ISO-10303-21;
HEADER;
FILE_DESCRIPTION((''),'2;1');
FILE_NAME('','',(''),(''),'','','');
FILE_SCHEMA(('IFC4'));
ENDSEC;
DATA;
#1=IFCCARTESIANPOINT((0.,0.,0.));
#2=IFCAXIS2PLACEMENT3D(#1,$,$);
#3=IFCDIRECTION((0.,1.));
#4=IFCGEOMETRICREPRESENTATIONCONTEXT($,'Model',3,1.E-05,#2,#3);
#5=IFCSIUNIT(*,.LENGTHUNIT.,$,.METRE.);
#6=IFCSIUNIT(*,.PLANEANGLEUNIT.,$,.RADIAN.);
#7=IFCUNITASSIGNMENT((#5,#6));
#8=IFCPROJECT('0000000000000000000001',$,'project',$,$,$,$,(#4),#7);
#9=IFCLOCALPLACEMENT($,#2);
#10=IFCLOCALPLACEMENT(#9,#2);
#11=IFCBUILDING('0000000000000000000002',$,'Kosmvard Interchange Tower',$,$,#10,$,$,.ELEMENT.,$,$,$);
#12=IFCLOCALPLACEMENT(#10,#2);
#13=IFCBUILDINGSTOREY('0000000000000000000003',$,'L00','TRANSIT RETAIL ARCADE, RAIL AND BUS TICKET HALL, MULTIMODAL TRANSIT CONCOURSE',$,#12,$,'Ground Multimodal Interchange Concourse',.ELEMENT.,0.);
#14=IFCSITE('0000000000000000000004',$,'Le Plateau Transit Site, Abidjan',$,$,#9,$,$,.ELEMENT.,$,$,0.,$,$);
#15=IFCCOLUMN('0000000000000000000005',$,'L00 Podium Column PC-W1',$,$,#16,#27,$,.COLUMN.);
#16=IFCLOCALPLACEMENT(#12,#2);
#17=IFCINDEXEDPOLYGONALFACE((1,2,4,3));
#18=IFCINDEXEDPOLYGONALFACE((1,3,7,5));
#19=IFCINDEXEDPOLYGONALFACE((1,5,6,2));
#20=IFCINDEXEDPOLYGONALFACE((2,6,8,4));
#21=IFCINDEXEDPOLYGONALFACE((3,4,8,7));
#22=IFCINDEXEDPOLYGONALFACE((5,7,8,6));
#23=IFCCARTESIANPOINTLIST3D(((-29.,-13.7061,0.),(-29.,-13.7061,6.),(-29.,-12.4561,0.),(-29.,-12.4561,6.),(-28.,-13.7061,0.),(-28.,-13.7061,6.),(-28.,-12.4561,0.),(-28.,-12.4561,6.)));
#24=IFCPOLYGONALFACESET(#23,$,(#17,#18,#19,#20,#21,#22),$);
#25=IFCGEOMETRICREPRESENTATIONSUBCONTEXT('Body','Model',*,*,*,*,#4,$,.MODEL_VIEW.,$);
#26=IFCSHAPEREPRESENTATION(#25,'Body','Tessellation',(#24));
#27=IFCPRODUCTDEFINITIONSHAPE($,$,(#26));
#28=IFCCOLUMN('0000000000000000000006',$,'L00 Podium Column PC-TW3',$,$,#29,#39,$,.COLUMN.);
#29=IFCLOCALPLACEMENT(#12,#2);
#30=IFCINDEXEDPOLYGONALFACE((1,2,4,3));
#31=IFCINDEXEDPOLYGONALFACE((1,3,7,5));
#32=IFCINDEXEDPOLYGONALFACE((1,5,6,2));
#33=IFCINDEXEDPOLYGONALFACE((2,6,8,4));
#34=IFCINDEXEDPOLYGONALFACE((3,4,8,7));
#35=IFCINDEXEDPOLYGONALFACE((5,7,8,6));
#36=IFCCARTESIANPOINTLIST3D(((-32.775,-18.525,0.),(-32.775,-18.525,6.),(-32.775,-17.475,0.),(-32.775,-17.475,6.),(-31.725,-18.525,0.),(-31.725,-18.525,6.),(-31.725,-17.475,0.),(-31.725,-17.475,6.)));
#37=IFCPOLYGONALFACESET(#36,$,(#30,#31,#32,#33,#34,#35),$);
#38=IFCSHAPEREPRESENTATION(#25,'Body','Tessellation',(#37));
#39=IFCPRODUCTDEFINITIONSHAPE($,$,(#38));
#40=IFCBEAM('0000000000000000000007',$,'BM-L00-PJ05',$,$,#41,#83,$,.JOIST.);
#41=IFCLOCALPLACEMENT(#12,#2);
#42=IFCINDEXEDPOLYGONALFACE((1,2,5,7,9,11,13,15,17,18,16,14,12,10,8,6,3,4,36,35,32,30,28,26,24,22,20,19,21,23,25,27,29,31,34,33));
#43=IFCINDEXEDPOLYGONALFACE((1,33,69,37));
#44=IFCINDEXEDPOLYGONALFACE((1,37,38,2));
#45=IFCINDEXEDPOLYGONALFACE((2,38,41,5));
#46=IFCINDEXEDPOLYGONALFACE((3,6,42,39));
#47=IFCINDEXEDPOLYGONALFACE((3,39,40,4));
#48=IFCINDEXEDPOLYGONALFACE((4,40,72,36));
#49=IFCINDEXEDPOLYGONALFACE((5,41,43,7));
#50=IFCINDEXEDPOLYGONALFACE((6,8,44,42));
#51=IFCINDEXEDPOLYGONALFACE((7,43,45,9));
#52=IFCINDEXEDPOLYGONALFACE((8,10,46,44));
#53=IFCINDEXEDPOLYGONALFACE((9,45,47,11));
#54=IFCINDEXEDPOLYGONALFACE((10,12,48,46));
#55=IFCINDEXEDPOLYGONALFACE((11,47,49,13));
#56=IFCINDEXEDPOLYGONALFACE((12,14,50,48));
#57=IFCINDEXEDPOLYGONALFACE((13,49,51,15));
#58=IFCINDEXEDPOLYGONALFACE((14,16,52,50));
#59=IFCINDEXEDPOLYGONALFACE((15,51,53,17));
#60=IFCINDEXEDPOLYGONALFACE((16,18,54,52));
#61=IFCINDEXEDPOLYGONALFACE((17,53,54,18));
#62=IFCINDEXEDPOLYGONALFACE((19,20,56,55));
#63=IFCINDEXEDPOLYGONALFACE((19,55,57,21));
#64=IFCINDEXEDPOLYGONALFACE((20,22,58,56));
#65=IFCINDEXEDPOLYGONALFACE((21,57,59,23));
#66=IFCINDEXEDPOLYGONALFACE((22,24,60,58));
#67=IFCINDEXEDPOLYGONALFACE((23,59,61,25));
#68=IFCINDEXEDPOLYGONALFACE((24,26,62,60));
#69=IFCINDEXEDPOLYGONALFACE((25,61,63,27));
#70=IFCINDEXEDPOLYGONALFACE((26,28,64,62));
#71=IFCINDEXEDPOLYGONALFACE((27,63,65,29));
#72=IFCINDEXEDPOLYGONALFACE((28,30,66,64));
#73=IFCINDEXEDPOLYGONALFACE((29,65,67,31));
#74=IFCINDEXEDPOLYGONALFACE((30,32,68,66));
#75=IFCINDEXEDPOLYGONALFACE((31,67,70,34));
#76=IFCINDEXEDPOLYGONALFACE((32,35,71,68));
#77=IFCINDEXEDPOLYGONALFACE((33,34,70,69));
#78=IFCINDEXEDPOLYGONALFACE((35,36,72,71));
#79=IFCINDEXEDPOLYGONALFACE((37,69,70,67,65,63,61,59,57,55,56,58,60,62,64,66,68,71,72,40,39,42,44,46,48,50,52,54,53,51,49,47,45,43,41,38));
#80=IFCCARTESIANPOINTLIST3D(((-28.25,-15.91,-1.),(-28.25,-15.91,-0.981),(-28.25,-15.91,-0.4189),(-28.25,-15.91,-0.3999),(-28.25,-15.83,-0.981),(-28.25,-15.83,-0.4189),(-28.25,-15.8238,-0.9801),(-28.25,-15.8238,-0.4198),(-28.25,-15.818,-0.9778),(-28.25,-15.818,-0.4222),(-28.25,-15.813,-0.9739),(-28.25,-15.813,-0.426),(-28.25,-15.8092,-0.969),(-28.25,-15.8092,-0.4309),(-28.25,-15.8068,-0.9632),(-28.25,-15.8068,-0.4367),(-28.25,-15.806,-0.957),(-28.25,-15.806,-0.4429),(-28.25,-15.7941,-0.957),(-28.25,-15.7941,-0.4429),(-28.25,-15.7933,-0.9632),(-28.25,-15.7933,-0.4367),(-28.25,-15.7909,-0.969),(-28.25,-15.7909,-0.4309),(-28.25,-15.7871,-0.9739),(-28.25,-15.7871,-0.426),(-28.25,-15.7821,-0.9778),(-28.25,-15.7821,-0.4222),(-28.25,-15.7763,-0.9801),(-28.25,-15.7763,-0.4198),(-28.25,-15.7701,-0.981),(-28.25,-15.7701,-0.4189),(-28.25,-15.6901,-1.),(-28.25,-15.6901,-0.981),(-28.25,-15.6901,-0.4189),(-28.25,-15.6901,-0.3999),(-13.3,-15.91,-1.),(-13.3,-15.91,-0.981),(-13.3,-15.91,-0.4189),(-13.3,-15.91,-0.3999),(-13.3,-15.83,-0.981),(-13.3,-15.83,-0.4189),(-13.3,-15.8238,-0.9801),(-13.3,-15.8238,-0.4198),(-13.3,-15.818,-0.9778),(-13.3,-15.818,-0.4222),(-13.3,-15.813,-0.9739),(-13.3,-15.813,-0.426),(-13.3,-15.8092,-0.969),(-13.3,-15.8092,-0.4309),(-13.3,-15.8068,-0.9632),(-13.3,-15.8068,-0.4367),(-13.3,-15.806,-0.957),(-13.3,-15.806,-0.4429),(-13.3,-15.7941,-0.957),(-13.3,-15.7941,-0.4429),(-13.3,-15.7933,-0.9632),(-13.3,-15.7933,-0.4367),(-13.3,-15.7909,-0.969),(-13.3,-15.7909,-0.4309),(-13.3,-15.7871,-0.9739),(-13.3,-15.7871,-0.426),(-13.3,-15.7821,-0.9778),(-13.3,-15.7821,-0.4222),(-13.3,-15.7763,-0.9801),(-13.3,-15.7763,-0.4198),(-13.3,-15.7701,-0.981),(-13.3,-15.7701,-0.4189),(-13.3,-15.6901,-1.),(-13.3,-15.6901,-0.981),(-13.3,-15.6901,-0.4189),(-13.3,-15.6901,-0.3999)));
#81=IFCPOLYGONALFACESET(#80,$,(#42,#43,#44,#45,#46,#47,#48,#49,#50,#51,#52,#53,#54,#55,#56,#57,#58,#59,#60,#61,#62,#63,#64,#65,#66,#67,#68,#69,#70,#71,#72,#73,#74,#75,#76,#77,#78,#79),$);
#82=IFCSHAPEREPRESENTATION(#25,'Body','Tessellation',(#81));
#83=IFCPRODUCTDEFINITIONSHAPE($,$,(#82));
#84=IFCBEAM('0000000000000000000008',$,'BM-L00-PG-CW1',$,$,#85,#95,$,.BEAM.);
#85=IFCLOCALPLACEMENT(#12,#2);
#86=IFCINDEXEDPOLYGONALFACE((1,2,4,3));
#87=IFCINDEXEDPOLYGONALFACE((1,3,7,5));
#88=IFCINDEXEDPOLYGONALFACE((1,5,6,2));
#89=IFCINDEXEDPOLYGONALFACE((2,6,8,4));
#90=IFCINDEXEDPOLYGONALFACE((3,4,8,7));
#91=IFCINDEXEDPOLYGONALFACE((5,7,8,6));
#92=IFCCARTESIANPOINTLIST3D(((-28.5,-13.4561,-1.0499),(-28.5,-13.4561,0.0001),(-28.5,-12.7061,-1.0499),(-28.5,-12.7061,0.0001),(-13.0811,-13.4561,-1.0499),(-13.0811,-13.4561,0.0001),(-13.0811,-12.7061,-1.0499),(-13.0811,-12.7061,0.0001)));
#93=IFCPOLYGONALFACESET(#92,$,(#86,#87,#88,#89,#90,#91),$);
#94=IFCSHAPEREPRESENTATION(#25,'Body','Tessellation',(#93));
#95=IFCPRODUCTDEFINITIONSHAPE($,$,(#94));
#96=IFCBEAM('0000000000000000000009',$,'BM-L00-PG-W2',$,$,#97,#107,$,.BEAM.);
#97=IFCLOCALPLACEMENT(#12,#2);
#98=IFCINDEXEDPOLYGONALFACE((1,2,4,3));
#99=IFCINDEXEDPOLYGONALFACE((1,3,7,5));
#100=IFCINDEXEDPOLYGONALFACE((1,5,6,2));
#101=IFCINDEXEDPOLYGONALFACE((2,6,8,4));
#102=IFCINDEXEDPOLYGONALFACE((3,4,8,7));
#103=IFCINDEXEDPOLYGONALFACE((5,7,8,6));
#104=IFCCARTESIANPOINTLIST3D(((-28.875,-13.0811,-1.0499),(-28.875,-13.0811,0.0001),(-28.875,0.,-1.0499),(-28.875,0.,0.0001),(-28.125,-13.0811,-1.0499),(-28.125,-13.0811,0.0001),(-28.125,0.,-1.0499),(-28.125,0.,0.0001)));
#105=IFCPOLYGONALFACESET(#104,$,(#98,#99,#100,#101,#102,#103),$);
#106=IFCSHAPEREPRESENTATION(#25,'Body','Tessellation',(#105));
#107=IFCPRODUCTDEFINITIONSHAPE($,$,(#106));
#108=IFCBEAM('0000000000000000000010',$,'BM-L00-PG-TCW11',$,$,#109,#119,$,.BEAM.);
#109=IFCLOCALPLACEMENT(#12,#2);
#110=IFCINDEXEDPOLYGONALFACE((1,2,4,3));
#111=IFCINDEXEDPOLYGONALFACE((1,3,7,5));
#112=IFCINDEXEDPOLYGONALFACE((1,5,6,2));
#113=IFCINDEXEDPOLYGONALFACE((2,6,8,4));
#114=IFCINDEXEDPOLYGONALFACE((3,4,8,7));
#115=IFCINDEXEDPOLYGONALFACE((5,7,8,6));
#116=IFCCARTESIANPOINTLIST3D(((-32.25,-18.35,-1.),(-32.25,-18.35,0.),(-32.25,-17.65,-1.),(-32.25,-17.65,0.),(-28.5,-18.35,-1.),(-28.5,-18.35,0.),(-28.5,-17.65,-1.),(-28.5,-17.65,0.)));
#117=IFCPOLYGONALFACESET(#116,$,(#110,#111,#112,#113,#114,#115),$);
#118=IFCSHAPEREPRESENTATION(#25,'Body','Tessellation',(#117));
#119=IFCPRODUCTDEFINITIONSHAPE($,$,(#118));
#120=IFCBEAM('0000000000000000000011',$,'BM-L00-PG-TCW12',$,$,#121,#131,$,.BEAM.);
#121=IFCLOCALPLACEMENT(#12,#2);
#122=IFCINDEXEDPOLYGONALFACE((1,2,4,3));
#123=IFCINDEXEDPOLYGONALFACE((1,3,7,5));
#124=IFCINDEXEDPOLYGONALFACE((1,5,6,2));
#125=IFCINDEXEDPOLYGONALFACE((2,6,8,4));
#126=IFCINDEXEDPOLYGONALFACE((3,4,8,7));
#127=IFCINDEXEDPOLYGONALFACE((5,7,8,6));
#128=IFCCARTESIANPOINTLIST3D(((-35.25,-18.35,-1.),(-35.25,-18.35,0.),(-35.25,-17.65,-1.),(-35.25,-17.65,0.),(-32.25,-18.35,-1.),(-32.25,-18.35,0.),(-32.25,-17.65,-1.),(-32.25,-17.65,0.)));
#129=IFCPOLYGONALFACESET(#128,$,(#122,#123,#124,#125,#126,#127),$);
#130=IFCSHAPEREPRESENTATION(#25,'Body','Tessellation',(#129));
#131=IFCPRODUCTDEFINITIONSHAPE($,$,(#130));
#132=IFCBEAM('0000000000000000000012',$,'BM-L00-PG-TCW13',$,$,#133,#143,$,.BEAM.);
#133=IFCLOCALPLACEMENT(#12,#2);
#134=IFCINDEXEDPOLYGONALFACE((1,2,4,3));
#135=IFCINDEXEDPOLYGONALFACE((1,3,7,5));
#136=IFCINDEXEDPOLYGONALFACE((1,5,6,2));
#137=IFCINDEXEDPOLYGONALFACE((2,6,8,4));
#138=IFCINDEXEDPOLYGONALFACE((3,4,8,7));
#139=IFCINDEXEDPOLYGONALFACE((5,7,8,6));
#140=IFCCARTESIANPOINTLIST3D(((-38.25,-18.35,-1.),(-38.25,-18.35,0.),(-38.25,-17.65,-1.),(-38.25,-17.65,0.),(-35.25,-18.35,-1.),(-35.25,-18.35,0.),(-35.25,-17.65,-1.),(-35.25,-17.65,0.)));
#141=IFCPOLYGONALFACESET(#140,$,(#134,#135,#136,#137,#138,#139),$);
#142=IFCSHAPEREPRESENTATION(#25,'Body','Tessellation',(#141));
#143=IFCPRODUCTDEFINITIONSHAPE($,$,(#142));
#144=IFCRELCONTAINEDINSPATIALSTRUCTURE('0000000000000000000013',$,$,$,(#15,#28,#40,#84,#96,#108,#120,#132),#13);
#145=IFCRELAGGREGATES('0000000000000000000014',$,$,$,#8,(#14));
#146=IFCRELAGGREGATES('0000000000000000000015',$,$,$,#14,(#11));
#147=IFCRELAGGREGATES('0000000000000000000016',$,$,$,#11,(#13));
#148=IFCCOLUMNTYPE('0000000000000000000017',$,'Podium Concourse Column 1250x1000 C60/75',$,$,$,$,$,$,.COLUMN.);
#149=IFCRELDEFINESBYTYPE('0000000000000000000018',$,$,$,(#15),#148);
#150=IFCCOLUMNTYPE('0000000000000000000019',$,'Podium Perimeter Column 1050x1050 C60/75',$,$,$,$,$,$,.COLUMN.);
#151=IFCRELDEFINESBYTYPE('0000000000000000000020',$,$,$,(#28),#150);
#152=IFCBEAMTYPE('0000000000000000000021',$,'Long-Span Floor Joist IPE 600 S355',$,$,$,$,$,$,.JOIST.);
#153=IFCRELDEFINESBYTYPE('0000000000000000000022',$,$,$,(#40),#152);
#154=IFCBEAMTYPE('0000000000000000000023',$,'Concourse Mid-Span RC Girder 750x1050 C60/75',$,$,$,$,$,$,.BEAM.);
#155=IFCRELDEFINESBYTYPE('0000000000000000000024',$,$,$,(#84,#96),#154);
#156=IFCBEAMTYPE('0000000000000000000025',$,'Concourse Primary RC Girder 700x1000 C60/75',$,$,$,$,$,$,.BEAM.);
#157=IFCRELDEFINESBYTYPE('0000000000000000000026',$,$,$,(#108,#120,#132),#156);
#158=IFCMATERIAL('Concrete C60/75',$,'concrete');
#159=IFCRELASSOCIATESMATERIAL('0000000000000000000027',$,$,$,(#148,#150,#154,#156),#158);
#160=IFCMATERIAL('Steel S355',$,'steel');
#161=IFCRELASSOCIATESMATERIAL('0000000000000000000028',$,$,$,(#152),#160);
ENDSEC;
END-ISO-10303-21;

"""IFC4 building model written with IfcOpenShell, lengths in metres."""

from ifc_helpers import new_model, si_unit, direction, frame, origin, origin_2d, place, context, subcontext, project, spatial, rectangle, i_section, extrude, source, transform, mapped, material, material_profile, profile_set, type_object, element, save


model = new_model("IFC4")

# Units and contexts
model_context = context("Model", 3, precision=1e-05, world=origin(), true_north=direction((0.0, 1.0)))
body_context = subcontext(model_context, "Body", "Model", "MODEL_VIEW")
ifc_project = project(units=[si_unit("LENGTHUNIT", "METRE"), si_unit("PLANEANGLEUNIT", "RADIAN")], contexts=[model_context])

# Site, building, storey
site_placement = place(None, origin())
site = spatial("IfcSite", under=ifc_project, at=site_placement, Name="Le Plateau Transit Site, Abidjan", CompositionType="ELEMENT", RefElevation=0.0)
building_placement = place(site_placement, origin())
building = spatial("IfcBuilding", under=site, at=building_placement, Name="Kosmvard Interchange Tower", CompositionType="ELEMENT")
storey_placement = place(building_placement, origin())
storey = spatial("IfcBuildingStorey", under=building, at=storey_placement, Name="L00", Description="TRANSIT RETAIL ARCADE, RAIL AND BUS TICKET HALL, MULTIMODAL TRANSIT CONCOURSE", LongName="Ground Multimodal Interchange Concourse", CompositionType="ELEMENT", Elevation=0.0)

# Columns
ifc_material_1 = material(Name="Concrete C60/75", Category="concrete")
ifc_material_profile_1 = material_profile(ifc_material_1, rectangle(XDim=1.0, YDim=1.25, at=origin_2d()), Name="PC 1250x1000")
ifc_profile_set_1 = profile_set([ifc_material_profile_1], Name="Concrete C60/75")
column_type_1 = type_object("IfcColumnType", Name="Podium Concourse Column 1250x1000 C60/75", PredefinedType="COLUMN", material=ifc_profile_set_1)
shared_shape_1 = source(origin(), body_context, "Body", "SweptSolid", [
    extrude(rectangle(XDim=1.0, YDim=1.25, at=origin_2d()), origin(), (0.0, 0.0, 1.0), 6.0),
])
column_1_placement = place(storey_placement, frame((-28.5, -13.0811, 0.0), z_axis=(0.0, 0.0, 1.0), x_axis=(1.0, 0.0, 0.0)))
element("IfcColumn", 1, at=column_1_placement, inside=storey, type_object=column_type_1, Name="L00 Podium Column PC-W1", PredefinedType="COLUMN", context=body_context, shape_type="MappedRepresentation", body=[
    mapped(shared_shape_1, transform((0.0, 0.0, 0.0), scale=1.0)),
])
ifc_material_profile_2 = material_profile(ifc_material_1, rectangle(XDim=1.05, YDim=1.05, at=origin_2d()), Name="PC 1050x1050")
ifc_profile_set_2 = profile_set([ifc_material_profile_2], Name="Concrete C60/75")
column_type_2 = type_object("IfcColumnType", Name="Podium Perimeter Column 1050x1050 C60/75", PredefinedType="COLUMN", material=ifc_profile_set_2)
shared_shape_2 = source(origin(), body_context, "Body", "SweptSolid", [
    extrude(rectangle(XDim=1.05, YDim=1.05, at=origin_2d()), origin(), (0.0, 0.0, 1.0), 6.0),
])
column_2_placement = place(storey_placement, frame((-32.25, -18.0, 0.0), z_axis=(0.0, 0.0, 1.0), x_axis=(1.0, 0.0, 0.0)))
element("IfcColumn", 2, at=column_2_placement, inside=storey, type_object=column_type_2, Name="L00 Podium Column PC-TW3", PredefinedType="COLUMN", context=body_context, shape_type="MappedRepresentation", body=[
    mapped(shared_shape_2, transform((0.0, 0.0, 0.0), scale=1.0)),
])

# Beams
ifc_material_2 = material(Name="Steel S355", Category="steel")
ifc_material_profile_3 = material_profile(ifc_material_2, i_section(OverallWidth=0.22, OverallDepth=0.6001, WebThickness=0.012, FlangeThickness=0.019, FilletRadius=0.0239, at=origin_2d()), Name="IPE 600")
ifc_profile_set_3 = profile_set([ifc_material_profile_3], Name="Steel S355")
beam_type_1 = type_object("IfcBeamType", Name="Long-Span Floor Joist IPE 600 S355", PredefinedType="JOIST", material=ifc_profile_set_3)
shared_shape_3 = source(origin(), body_context, "Body", "SweptSolid", [
    extrude(i_section(OverallWidth=0.22, OverallDepth=0.6001, WebThickness=0.012, FlangeThickness=0.019, FilletRadius=0.0239, at=origin_2d()), origin(), (0.0, 0.0, 1.0), 14.95),
])
beam_1_placement = place(storey_placement, frame((-28.25, -15.8, -0.7), z_axis=(1.0, 0.0, 0.0), x_axis=(0.0, 1.0, 0.0)))
element("IfcBeam", 3, at=beam_1_placement, inside=storey, type_object=beam_type_1, Name="BM-L00-PJ05", PredefinedType="JOIST", context=body_context, shape_type="MappedRepresentation", body=[
    mapped(shared_shape_3, transform((0.0, 0.0, 0.0), scale=1.0)),
])
ifc_material_profile_4 = material_profile(ifc_material_1, rectangle(XDim=0.75, YDim=1.05, at=origin_2d()), Name="RCG 750x1050")
ifc_profile_set_4 = profile_set([ifc_material_profile_4], Name="Concrete C60/75")
beam_type_2 = type_object("IfcBeamType", Name="Concourse Mid-Span RC Girder 750x1050 C60/75", PredefinedType="BEAM", material=ifc_profile_set_4)
shared_shape_4 = source(origin(), body_context, "Body", "SweptSolid", [
    extrude(rectangle(XDim=0.75, YDim=1.05, at=origin_2d()), origin(), (0.0, 0.0, 1.0), 15.4189),
])
beam_2_placement = place(storey_placement, frame((-28.5, -13.0811, -0.5249), z_axis=(1.0, 0.0, 0.0), x_axis=(0.0, 1.0, 0.0)))
element("IfcBeam", 4, at=beam_2_placement, inside=storey, type_object=beam_type_2, Name="BM-L00-PG-CW1", PredefinedType="BEAM", context=body_context, shape_type="MappedRepresentation", body=[
    mapped(shared_shape_4, transform((0.0, 0.0, 0.0), scale=1.0)),
])
shared_shape_5 = source(origin(), body_context, "Body", "SweptSolid", [
    extrude(rectangle(XDim=0.75, YDim=1.05, at=origin_2d()), origin(), (0.0, 0.0, 1.0), 13.0811),
])
beam_3_placement = place(storey_placement, frame((-28.5, -13.0811, -0.5249), z_axis=(0.0, 1.0, 0.0), x_axis=(-1.0, 0.0, 0.0)))
element("IfcBeam", 5, at=beam_3_placement, inside=storey, type_object=beam_type_2, Name="BM-L00-PG-W2", PredefinedType="BEAM", context=body_context, shape_type="MappedRepresentation", body=[
    mapped(shared_shape_5, transform((0.0, 0.0, 0.0), scale=1.0)),
])
ifc_material_profile_5 = material_profile(ifc_material_1, rectangle(XDim=0.7, YDim=1.0, at=origin_2d()), Name="RCG 700x1000")
ifc_profile_set_5 = profile_set([ifc_material_profile_5], Name="Concrete C60/75")
beam_type_3 = type_object("IfcBeamType", Name="Concourse Primary RC Girder 700x1000 C60/75", PredefinedType="BEAM", material=ifc_profile_set_5)
shared_shape_6 = source(origin(), body_context, "Body", "SweptSolid", [
    extrude(rectangle(XDim=0.7, YDim=1.0, at=origin_2d()), origin(), (0.0, 0.0, 1.0), 3.75),
])
beam_4_placement = place(storey_placement, frame((-28.5, -18.0, -0.5), z_axis=(-1.0, 0.0, 0.0), x_axis=(0.0, -1.0, 0.0)))
element("IfcBeam", 6, at=beam_4_placement, inside=storey, type_object=beam_type_3, Name="BM-L00-PG-TCW11", PredefinedType="BEAM", context=body_context, shape_type="MappedRepresentation", body=[
    mapped(shared_shape_6, transform((0.0, 0.0, 0.0), scale=1.0)),
])
shared_shape_7 = source(origin(), body_context, "Body", "SweptSolid", [
    extrude(rectangle(XDim=0.7, YDim=1.0, at=origin_2d()), origin(), (0.0, 0.0, 1.0), 3.0),
])
for number, where, z_axis, x_axis, name in (
    (7, (-32.25, -18.0, -0.5), (-1.0, 0.0, 0.0), (0.0, -1.0, 0.0), "BM-L00-PG-TCW12"),
    (8, (-35.25, -18.0, -0.5), (-1.0, 0.0, 0.0), (0.0, -1.0, 0.0), "BM-L00-PG-TCW13"),
):
    element("IfcBeam", number, at=place(storey_placement, frame(where, z_axis=z_axis, x_axis=x_axis)), inside=storey, type_object=beam_type_3, Name=name, PredefinedType="BEAM", context=body_context, shape_type="MappedRepresentation", body=[
        mapped(shared_shape_7, transform((0.0, 0.0, 0.0), scale=1.0)),
    ])

save(model, "model.ifc")
